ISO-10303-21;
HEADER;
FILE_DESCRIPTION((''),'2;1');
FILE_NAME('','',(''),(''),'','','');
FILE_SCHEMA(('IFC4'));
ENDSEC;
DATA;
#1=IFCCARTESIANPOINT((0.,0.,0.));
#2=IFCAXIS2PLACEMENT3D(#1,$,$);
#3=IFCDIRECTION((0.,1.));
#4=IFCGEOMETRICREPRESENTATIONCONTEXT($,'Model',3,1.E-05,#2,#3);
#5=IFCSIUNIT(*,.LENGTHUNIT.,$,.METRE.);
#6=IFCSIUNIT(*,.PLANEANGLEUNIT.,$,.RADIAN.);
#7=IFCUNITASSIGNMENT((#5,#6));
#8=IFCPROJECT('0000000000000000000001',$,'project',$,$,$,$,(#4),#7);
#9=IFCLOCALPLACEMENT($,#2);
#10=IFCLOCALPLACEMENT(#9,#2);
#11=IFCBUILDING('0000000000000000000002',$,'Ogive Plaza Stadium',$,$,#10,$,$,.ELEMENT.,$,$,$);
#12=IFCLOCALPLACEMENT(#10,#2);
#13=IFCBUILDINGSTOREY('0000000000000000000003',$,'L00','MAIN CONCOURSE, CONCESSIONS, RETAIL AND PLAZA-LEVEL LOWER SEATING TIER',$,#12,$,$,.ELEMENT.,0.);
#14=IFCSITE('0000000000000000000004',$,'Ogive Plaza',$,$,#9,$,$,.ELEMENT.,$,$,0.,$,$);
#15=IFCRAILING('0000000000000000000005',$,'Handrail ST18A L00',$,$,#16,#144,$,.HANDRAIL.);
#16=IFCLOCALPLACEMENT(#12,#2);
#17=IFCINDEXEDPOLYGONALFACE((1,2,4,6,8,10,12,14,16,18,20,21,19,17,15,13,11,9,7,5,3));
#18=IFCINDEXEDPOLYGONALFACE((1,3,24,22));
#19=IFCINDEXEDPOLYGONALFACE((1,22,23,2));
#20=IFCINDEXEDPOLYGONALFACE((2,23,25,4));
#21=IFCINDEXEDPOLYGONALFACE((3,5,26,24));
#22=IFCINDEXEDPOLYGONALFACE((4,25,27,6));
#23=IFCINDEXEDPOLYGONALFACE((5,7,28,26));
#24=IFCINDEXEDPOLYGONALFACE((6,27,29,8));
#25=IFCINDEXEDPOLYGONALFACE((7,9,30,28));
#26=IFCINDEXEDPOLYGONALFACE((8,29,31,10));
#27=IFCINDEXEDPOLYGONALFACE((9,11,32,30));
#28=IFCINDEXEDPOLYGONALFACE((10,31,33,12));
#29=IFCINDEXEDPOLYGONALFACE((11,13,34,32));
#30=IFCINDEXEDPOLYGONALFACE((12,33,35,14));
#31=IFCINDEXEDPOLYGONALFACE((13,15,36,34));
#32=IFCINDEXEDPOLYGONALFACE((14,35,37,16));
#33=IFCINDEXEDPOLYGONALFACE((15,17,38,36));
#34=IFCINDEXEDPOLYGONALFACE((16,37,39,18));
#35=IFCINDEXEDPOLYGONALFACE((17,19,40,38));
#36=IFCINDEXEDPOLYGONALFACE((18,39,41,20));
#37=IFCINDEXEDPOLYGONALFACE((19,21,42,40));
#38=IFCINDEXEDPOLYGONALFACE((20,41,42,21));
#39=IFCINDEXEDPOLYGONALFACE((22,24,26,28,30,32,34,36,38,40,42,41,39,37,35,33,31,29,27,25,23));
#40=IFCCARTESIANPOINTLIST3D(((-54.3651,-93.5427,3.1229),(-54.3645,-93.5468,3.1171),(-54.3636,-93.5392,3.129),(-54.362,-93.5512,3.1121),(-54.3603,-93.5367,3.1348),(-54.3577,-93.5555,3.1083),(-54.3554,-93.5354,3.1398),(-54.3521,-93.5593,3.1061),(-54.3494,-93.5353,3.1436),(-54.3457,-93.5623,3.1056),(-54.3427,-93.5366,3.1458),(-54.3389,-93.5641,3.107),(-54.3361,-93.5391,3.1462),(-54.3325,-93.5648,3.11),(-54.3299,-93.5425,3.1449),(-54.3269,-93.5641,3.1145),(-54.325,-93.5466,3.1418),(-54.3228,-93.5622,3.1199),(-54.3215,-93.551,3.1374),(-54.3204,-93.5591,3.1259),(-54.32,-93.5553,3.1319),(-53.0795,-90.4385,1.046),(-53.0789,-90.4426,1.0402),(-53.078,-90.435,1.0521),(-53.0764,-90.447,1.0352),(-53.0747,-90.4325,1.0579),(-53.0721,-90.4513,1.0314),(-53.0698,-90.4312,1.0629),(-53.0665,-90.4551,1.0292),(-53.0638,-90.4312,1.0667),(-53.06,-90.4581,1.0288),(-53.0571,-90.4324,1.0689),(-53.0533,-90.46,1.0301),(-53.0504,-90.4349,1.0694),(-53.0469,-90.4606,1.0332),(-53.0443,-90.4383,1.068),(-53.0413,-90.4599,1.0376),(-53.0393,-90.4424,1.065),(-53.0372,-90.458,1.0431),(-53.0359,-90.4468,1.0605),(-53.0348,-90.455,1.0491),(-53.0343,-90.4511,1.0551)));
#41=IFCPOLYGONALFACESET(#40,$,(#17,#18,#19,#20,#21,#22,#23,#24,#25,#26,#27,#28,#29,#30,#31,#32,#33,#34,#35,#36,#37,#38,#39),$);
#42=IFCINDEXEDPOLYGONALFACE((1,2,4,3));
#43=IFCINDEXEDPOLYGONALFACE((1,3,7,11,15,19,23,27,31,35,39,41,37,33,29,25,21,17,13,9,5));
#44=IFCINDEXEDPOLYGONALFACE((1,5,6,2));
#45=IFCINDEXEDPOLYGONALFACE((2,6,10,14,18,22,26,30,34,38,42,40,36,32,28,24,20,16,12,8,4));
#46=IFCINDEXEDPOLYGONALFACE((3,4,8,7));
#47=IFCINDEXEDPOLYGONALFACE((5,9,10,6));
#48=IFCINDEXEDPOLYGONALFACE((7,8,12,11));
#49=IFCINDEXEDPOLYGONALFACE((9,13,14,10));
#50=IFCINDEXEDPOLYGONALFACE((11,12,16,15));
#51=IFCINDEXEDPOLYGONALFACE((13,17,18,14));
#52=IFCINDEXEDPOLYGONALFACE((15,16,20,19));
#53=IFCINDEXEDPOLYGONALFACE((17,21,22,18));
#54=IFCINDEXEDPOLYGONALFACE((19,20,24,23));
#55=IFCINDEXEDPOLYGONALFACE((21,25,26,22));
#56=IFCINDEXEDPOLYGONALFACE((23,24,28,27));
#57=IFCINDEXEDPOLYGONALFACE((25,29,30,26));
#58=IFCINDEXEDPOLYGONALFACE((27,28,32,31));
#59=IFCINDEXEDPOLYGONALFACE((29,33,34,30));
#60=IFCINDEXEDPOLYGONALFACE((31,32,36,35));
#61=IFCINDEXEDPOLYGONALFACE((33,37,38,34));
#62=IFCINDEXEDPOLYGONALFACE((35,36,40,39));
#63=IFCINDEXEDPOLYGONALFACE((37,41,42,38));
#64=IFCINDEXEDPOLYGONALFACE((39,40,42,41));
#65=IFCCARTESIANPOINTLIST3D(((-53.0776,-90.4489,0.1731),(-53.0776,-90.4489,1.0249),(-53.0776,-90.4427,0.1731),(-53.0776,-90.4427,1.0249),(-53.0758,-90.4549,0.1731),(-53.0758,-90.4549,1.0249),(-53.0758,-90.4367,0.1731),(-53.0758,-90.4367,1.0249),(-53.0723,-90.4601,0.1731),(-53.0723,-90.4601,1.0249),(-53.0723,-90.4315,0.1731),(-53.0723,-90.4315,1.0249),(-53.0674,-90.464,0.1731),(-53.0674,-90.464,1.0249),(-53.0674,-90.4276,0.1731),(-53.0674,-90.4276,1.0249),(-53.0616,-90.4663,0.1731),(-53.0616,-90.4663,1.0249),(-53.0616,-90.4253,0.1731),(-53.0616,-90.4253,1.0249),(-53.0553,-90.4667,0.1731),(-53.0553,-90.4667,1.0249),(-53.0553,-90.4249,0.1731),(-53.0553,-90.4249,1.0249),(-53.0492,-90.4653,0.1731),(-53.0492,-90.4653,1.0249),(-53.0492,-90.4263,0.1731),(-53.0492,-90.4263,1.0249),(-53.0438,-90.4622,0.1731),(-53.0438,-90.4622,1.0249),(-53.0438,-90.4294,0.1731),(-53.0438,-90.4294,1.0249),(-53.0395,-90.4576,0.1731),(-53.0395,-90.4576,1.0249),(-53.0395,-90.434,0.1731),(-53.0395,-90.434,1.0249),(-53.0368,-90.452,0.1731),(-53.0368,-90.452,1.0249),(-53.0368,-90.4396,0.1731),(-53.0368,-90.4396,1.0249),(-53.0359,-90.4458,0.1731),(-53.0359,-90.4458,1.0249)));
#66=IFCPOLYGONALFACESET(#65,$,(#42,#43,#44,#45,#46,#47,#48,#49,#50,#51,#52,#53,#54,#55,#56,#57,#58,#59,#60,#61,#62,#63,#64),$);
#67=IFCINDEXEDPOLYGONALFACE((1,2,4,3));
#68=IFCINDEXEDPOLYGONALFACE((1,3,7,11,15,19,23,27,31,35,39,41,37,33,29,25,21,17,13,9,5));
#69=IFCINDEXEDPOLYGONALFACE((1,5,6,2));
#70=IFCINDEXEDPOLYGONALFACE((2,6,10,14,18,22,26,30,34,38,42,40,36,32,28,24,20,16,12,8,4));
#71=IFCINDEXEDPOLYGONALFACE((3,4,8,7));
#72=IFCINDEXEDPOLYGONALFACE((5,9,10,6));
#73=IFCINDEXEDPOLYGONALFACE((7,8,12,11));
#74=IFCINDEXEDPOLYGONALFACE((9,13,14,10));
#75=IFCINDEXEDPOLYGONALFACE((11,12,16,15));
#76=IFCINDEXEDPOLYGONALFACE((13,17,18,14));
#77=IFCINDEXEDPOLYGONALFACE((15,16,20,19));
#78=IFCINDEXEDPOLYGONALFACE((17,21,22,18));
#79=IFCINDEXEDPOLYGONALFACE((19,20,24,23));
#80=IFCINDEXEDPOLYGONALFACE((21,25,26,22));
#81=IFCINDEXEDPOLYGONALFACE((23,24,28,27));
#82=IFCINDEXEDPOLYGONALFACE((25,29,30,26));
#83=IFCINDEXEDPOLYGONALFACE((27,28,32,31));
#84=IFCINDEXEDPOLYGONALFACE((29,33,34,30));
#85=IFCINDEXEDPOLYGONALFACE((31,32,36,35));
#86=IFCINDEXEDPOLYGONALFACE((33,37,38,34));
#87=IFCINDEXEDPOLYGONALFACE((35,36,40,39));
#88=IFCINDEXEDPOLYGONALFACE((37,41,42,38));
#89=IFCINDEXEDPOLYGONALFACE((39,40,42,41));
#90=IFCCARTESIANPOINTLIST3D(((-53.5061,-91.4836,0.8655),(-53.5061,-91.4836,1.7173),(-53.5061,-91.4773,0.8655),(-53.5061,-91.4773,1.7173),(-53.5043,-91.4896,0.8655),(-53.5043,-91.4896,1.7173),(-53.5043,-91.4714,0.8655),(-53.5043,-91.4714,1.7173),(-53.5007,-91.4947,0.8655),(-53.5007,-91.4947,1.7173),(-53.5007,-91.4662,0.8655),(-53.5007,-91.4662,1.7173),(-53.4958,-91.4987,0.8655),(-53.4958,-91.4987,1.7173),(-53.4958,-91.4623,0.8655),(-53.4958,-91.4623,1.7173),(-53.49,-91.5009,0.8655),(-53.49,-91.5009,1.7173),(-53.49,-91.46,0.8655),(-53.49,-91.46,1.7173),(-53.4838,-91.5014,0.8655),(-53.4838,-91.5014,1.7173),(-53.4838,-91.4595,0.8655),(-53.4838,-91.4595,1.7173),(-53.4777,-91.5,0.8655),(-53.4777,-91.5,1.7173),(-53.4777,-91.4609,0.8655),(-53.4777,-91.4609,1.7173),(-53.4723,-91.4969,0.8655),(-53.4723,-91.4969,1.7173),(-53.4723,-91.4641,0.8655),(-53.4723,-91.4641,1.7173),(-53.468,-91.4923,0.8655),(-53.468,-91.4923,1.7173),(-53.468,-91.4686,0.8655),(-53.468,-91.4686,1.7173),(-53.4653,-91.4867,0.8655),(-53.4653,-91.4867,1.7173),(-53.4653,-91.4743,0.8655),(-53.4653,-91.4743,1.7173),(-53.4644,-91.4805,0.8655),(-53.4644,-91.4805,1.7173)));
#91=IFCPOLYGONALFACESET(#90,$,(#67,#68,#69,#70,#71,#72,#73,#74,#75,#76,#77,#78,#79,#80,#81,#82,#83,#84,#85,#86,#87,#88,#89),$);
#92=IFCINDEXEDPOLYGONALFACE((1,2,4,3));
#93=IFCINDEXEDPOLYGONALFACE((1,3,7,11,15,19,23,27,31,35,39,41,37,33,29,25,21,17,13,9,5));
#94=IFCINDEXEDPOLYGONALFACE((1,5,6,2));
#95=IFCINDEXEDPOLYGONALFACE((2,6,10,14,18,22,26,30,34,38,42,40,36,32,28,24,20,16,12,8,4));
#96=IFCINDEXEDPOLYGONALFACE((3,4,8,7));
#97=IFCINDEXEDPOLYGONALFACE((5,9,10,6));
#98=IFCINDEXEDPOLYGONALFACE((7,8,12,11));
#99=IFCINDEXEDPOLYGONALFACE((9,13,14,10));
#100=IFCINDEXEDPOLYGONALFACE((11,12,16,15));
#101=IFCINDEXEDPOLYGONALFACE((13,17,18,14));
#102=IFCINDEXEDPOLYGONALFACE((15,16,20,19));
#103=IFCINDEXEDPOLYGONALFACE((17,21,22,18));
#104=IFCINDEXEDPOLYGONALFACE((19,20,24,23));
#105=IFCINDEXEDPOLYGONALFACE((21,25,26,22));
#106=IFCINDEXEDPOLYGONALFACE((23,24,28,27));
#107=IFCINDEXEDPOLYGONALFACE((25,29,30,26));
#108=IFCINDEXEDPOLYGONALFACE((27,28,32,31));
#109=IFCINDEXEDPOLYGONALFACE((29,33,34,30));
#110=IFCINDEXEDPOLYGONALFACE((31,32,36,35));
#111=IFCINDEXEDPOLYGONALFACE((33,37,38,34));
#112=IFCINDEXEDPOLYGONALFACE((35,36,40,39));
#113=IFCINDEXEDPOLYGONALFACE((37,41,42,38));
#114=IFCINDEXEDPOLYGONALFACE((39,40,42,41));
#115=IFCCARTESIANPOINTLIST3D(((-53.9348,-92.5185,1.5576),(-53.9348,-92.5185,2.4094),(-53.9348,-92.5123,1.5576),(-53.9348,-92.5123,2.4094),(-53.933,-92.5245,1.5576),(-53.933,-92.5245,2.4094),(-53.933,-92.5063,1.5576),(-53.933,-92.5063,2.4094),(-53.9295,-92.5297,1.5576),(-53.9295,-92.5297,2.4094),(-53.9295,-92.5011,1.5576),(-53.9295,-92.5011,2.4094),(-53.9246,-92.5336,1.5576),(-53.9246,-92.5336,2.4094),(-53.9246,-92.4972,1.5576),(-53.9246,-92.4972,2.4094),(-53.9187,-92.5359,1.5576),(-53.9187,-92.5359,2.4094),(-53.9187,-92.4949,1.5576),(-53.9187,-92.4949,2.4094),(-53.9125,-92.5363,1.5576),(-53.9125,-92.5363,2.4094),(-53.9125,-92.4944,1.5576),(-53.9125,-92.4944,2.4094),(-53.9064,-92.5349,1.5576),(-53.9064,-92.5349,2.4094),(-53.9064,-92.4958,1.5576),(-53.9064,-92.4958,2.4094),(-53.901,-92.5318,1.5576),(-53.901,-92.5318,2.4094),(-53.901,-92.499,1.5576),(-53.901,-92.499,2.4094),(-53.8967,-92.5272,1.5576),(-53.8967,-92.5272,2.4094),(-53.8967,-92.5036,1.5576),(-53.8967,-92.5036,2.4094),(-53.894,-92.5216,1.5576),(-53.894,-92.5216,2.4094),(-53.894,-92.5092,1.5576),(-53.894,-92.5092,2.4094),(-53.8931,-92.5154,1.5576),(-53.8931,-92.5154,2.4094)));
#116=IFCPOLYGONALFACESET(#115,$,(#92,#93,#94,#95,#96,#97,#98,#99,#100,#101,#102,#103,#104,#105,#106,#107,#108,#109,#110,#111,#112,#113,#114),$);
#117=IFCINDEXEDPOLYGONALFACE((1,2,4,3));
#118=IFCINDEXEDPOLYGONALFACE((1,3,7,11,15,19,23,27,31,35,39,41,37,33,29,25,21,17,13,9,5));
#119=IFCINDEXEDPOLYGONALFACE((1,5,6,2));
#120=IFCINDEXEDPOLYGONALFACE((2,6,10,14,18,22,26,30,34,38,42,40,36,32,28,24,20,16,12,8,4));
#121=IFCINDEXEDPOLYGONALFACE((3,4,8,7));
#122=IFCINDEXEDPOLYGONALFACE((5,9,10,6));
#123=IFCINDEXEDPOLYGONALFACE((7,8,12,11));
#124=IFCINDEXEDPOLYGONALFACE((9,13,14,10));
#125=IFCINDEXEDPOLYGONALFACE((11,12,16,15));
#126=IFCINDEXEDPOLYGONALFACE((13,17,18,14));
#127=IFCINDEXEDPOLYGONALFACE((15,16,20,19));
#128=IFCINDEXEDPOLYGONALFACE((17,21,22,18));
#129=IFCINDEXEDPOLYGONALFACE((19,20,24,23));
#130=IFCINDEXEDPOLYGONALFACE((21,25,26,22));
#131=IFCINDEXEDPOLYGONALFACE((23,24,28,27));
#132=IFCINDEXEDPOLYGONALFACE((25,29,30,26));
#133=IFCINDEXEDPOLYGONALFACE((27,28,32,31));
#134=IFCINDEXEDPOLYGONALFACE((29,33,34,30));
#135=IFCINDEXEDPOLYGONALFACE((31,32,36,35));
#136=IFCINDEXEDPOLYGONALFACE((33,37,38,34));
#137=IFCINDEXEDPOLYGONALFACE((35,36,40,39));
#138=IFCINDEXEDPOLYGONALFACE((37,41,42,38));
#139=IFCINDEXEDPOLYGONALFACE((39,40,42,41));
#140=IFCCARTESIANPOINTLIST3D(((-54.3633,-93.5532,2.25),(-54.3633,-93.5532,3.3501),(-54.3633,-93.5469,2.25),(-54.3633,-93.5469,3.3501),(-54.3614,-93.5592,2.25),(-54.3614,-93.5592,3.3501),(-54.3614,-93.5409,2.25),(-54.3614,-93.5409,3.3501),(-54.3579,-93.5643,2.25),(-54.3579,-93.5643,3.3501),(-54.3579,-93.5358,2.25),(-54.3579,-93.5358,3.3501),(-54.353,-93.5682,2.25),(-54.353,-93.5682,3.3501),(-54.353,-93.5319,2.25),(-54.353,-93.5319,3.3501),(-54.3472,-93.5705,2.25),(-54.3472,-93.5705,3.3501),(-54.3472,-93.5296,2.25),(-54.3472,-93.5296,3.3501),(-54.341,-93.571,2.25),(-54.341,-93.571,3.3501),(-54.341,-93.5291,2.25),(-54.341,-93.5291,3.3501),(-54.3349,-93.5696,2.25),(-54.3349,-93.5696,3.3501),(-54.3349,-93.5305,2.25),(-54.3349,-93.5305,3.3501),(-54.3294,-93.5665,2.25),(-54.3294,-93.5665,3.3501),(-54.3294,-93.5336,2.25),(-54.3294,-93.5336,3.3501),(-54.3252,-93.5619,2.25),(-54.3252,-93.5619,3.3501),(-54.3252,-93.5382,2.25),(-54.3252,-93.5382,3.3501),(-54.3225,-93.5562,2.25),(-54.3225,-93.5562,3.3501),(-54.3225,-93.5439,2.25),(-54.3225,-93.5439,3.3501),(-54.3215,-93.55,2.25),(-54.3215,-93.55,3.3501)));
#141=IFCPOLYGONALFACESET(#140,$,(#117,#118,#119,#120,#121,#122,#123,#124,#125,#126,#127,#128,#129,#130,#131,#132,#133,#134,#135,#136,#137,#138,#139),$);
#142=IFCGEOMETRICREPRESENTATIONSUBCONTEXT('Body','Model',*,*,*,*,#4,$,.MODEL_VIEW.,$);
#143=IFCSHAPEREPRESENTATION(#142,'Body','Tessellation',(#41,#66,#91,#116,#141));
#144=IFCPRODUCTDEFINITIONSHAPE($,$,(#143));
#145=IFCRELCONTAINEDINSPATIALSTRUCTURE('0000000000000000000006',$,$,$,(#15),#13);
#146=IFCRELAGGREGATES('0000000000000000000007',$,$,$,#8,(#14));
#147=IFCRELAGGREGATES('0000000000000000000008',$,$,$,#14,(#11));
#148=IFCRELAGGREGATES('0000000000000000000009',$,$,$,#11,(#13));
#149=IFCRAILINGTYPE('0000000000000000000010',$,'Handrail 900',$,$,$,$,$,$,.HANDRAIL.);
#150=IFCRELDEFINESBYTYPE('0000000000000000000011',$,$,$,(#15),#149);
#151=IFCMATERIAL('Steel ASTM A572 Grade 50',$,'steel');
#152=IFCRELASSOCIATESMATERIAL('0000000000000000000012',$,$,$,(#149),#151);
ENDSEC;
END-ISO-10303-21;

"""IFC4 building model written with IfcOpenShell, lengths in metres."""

from ifc_helpers import new_model, si_unit, direction, frame, origin, origin_2d, place, context, subcontext, project, spatial, circle, extrude, material, type_object, element, save


model = new_model("IFC4")

# Units and contexts
model_context = context("Model", 3, precision=1e-05, world=origin(), true_north=direction((0.0, 1.0)))
body_context = subcontext(model_context, "Body", "Model", "MODEL_VIEW")
ifc_project = project(units=[si_unit("LENGTHUNIT", "METRE"), si_unit("PLANEANGLEUNIT", "RADIAN")], contexts=[model_context])

# Site, building, storey
site_placement = place(None, origin())
site = spatial("IfcSite", under=ifc_project, at=site_placement, Name="Ogive Plaza", CompositionType="ELEMENT", RefElevation=0.0)
building_placement = place(site_placement, origin())
building = spatial("IfcBuilding", under=site, at=building_placement, Name="Ogive Plaza Stadium", CompositionType="ELEMENT")
storey_placement = place(building_placement, origin())
storey = spatial("IfcBuildingStorey", under=building, at=storey_placement, Name="L00", Description="MAIN CONCOURSE, CONCESSIONS, RETAIL AND PLAZA-LEVEL LOWER SEATING TIER", CompositionType="ELEMENT", Elevation=0.0)

# Railing
ifc_material_1 = material(Name="Steel ASTM A572 Grade 50", Category="steel")
railing_type_1 = type_object("IfcRailingType", Name="Handrail 900", PredefinedType="HANDRAIL", material=ifc_material_1)
railing_1_placement = place(storey_placement, frame((-53.0569, -90.4458, 0.1731)))
element("IfcRailing", 1, at=railing_1_placement, inside=storey, type_object=railing_type_1, Name="Handrail ST18A L00", PredefinedType="HANDRAIL", context=body_context, shape_type="SweptSolid", body=[
    extrude(circle(Radius=0.0239, at=origin_2d()), frame((0.0, 0.0, 0.876), z_axis=(-0.325477, -0.785879, 0.525794), x_axis=(0.923898, -0.382638, 0.0)), (0.0, 0.0, 1.0), 3.95),
    extrude(circle(Radius=0.021, at=origin_2d()), origin(), (0.0, 0.0, 1.0), 0.8518),
    extrude(circle(Radius=0.021, at=origin_2d()), frame((-0.4285, -1.0347, 0.6924)), (0.0, 0.0, 1.0), 0.8518),
    extrude(circle(Radius=0.021, at=origin_2d()), frame((-0.8572, -2.0696, 1.3845)), (0.0, 0.0, 1.0), 0.8518),
    extrude(circle(Radius=0.021, at=origin_2d()), frame((-1.2856, -3.1042, 2.0769)), (0.0, 0.0, 1.0), 1.1001),
])

save(model, "model.ifc")
